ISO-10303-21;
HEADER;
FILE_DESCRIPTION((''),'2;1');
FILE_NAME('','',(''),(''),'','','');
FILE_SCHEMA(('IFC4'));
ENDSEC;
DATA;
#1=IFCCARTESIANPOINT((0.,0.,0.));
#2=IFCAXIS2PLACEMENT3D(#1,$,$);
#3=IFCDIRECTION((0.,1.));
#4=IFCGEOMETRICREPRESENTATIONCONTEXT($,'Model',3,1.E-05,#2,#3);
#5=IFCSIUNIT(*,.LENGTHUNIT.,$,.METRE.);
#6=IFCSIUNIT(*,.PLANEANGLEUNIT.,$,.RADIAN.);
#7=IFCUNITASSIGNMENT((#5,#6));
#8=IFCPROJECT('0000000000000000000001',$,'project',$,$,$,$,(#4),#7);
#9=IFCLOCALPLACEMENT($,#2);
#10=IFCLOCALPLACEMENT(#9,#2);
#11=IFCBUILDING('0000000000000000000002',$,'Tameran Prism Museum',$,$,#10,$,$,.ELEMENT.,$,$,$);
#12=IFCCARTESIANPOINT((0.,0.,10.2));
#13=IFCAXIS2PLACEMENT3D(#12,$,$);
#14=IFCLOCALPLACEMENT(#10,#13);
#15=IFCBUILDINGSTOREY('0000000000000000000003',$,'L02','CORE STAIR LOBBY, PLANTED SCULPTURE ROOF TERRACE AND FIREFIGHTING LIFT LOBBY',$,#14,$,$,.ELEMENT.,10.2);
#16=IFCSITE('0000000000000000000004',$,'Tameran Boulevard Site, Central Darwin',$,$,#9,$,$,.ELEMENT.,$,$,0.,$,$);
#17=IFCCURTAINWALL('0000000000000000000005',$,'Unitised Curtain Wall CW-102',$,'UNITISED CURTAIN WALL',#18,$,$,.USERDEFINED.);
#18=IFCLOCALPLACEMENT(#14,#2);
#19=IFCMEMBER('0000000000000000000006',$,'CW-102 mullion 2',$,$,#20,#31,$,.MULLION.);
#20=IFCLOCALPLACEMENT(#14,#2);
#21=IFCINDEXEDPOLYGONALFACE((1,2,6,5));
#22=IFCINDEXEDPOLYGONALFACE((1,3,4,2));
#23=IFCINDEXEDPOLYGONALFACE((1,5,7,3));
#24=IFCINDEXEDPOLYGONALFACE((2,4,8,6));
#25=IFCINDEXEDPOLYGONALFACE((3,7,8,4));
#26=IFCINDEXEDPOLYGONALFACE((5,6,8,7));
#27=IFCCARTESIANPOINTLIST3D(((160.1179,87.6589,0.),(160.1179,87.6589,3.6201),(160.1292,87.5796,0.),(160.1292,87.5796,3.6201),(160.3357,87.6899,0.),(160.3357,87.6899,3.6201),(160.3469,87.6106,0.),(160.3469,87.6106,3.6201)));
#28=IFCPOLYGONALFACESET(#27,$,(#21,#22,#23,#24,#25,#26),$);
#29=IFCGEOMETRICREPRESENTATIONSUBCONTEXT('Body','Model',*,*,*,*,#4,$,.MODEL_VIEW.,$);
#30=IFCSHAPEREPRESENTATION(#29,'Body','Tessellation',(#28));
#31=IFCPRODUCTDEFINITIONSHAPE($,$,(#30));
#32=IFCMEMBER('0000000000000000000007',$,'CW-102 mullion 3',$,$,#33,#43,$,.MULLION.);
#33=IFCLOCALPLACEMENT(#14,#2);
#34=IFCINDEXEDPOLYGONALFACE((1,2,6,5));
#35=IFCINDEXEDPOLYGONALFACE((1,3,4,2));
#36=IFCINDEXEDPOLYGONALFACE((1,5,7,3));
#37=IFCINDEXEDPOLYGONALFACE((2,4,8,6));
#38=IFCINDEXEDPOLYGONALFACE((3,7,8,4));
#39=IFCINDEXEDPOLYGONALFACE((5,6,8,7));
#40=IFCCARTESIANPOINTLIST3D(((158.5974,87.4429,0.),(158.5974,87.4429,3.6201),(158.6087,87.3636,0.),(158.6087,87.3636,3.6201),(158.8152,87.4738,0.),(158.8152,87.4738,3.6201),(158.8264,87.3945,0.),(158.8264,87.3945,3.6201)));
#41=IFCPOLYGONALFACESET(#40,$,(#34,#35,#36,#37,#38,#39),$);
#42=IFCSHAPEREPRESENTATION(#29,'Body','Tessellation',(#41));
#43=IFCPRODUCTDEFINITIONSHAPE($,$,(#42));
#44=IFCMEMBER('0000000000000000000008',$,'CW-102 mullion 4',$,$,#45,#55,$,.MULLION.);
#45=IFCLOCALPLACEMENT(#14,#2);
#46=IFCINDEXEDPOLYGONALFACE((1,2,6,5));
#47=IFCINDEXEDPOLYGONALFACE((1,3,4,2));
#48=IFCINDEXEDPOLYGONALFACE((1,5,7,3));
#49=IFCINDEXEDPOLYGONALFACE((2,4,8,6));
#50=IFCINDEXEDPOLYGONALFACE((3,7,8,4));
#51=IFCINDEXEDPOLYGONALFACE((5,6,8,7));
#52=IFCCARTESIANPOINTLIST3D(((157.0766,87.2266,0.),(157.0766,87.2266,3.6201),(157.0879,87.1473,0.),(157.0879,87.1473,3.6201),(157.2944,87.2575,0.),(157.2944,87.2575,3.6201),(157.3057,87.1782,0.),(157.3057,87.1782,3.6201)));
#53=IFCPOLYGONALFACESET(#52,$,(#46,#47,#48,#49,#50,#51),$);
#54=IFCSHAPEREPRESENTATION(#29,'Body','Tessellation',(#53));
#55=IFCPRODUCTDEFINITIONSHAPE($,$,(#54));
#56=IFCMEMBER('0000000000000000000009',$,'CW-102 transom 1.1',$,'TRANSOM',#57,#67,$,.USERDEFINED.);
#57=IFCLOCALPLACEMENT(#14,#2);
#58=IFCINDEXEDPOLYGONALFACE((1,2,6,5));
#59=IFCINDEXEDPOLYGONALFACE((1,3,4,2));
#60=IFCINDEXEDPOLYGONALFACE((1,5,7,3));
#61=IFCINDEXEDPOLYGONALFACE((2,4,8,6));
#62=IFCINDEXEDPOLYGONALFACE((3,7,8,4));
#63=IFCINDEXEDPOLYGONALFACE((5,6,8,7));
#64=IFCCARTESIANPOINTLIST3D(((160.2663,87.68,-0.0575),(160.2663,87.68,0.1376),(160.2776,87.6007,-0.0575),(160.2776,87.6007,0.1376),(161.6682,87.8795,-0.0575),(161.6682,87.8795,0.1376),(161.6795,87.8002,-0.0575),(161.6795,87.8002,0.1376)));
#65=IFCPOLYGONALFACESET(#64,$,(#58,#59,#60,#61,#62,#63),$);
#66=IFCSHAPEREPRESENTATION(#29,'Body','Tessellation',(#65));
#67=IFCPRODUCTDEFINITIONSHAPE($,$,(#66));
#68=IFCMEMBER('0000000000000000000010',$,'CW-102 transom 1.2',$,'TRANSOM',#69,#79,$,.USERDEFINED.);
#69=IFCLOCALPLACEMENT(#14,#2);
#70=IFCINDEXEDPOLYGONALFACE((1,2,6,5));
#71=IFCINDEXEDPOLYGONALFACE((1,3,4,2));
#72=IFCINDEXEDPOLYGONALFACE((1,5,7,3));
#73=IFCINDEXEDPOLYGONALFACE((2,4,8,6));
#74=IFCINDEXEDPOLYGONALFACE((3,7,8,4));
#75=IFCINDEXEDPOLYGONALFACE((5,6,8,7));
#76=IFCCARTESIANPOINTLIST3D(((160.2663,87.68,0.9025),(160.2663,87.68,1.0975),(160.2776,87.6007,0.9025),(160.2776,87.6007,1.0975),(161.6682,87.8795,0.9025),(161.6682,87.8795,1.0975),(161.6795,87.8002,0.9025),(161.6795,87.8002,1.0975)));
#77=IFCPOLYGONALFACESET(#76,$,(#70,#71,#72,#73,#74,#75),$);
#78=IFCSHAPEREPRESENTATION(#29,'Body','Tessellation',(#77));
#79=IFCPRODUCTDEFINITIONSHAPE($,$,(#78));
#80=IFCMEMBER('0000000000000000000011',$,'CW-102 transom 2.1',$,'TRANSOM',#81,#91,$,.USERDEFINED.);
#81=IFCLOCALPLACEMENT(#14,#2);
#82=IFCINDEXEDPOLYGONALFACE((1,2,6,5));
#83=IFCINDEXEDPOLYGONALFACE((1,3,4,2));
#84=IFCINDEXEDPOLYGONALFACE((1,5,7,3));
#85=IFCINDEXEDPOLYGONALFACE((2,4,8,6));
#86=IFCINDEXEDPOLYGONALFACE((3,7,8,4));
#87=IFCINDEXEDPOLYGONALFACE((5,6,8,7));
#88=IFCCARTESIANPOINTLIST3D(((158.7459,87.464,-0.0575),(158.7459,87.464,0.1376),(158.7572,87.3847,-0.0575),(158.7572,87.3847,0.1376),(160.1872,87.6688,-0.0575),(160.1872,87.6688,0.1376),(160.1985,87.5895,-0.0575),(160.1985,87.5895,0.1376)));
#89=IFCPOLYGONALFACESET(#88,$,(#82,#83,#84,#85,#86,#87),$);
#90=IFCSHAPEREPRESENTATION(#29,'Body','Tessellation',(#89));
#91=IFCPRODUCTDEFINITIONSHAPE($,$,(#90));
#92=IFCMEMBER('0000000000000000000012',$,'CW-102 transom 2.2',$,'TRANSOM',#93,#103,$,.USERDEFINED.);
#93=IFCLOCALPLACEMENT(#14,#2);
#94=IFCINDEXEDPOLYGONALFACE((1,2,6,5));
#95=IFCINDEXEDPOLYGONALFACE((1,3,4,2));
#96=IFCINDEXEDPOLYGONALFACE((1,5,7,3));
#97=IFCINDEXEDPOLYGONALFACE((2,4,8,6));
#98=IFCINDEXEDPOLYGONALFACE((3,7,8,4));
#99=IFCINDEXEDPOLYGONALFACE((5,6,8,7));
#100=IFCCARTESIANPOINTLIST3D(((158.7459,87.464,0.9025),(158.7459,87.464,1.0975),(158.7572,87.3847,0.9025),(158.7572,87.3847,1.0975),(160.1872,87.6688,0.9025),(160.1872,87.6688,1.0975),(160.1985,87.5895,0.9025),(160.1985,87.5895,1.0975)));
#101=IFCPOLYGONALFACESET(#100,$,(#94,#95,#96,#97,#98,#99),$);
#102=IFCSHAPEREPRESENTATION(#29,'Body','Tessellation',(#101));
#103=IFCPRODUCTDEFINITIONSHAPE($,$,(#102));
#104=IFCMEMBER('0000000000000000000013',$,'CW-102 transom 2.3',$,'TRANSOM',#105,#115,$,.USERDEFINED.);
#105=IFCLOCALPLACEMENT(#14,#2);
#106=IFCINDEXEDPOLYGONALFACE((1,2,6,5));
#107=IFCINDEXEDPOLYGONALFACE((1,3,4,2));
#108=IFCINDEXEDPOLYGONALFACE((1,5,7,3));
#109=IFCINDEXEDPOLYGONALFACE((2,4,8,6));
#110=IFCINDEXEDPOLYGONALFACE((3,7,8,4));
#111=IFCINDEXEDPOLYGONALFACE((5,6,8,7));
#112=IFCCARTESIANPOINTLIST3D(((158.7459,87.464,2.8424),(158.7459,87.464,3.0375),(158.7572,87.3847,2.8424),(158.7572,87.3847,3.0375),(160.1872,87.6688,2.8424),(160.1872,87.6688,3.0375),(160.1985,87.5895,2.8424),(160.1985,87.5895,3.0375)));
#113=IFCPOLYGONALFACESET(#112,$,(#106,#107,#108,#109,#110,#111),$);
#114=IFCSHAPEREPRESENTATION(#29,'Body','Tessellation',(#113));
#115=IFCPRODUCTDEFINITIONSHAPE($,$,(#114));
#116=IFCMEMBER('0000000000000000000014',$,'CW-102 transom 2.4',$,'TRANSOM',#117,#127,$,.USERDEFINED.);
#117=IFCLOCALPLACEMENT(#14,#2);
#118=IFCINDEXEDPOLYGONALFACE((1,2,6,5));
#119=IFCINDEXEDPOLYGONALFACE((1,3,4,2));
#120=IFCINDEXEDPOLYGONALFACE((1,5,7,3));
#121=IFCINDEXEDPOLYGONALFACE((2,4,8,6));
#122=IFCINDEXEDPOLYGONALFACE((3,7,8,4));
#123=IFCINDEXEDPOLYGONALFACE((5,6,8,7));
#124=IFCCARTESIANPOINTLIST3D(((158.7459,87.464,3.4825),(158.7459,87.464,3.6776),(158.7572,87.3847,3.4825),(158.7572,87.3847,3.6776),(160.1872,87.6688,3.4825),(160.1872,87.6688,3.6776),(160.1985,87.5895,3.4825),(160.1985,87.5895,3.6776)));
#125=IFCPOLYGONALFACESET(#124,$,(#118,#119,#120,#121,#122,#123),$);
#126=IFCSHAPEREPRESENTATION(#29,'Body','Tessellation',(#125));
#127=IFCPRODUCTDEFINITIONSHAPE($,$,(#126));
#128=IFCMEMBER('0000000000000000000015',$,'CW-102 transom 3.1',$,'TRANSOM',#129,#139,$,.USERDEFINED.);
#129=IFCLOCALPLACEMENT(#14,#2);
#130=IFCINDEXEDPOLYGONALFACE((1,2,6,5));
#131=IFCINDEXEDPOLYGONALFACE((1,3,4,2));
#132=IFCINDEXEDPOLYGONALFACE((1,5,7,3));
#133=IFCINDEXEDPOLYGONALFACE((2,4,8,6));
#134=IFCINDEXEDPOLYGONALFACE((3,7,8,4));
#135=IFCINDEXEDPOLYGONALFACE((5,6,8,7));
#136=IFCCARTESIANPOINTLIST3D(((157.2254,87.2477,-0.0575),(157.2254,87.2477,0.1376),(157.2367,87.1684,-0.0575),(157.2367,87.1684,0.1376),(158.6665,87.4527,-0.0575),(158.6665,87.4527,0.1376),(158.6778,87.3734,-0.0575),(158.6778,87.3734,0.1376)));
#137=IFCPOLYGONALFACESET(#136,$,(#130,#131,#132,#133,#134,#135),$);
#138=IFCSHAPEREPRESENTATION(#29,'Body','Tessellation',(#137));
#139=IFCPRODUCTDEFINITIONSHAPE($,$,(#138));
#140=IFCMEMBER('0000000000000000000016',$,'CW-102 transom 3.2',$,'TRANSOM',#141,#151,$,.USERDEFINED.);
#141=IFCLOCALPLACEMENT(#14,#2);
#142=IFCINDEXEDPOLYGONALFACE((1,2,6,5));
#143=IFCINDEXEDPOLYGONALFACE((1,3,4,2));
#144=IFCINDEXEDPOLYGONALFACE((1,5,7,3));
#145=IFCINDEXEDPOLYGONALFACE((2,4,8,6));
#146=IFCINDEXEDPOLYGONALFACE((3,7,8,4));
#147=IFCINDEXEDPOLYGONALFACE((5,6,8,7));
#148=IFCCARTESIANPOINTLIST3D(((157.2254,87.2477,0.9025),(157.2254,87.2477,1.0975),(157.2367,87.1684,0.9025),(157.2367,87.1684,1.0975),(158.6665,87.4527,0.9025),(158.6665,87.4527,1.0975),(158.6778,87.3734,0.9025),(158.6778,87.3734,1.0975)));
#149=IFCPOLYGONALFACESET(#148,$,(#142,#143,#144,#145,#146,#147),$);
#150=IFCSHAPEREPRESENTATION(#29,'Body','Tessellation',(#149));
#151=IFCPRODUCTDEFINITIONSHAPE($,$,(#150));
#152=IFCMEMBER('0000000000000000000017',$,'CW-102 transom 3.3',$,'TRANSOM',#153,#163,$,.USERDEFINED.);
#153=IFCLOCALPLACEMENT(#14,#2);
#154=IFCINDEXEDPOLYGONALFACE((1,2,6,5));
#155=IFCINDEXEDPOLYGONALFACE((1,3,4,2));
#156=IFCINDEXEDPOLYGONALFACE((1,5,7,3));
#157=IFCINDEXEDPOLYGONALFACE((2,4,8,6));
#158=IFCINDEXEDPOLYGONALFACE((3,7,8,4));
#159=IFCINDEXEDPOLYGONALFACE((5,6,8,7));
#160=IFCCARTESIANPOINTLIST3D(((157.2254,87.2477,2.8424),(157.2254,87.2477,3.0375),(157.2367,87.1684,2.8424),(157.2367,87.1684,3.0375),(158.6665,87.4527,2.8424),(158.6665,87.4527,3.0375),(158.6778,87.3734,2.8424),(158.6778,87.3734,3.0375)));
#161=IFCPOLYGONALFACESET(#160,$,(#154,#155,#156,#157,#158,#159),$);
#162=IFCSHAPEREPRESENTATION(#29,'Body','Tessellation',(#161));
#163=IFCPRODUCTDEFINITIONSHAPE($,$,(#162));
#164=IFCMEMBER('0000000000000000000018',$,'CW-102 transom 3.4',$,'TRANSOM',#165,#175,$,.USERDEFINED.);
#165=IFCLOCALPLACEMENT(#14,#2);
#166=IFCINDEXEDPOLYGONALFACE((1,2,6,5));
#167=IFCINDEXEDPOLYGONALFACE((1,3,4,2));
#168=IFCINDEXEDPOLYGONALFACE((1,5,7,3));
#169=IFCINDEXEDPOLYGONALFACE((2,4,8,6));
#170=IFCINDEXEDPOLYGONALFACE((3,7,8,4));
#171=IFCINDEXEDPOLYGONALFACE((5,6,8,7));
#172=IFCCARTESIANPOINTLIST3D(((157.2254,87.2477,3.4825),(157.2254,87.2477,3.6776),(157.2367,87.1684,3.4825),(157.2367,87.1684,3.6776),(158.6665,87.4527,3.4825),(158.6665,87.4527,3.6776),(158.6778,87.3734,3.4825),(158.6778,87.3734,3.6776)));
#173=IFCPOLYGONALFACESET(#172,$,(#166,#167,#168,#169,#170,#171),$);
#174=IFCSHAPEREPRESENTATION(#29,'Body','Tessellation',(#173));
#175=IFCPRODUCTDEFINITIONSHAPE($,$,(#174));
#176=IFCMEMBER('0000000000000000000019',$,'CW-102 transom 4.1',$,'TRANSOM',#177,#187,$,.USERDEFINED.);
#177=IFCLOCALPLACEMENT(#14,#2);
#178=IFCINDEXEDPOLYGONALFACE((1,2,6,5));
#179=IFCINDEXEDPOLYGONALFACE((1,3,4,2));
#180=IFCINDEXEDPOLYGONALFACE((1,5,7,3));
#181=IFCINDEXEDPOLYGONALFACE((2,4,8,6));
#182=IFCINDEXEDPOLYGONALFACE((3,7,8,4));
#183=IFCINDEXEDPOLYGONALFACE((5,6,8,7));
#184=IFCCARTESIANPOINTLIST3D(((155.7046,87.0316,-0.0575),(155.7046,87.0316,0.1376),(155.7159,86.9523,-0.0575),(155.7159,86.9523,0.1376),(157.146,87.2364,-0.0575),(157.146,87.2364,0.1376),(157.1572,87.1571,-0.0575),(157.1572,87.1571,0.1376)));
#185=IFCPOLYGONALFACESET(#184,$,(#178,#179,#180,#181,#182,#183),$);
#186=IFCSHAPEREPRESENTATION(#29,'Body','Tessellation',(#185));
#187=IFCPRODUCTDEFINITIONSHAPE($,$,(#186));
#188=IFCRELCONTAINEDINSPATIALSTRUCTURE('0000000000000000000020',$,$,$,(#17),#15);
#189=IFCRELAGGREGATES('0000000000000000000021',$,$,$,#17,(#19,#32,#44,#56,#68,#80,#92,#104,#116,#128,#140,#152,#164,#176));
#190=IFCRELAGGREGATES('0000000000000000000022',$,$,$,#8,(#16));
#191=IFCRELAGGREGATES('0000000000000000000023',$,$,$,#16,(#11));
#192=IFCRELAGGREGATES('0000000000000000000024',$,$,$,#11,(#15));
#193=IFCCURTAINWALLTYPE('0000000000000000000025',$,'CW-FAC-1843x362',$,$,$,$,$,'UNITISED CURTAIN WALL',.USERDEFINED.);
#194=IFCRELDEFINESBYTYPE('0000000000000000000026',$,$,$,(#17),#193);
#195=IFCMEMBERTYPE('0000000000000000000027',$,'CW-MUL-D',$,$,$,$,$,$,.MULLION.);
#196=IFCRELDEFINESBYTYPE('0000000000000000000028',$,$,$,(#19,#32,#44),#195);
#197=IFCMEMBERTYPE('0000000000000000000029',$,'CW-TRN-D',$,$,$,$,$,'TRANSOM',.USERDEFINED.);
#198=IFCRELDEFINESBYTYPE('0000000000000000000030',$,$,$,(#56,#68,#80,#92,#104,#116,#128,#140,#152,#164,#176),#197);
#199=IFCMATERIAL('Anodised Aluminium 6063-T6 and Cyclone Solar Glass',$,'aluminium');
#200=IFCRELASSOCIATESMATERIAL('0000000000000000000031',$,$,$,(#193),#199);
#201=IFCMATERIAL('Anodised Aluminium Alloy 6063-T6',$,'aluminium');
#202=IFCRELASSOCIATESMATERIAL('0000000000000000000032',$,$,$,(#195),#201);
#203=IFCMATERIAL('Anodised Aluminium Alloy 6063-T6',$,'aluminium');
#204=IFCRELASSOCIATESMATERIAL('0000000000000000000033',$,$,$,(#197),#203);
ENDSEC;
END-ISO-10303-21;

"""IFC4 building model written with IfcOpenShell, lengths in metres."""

from ifc_helpers import new_model, si_unit, direction, frame, origin, origin_2d, place, context, subcontext, project, spatial, rectangle, extrude, material, material_profile, profile_set, type_object, element, aggregate, save


model = new_model("IFC4")

# Units and contexts
model_context = context("Model", 3, precision=1e-05, world=origin(), true_north=direction((0.0, 1.0)))
body_context = subcontext(model_context, "Body", "Model", "MODEL_VIEW")
ifc_project = project(units=[si_unit("LENGTHUNIT", "METRE"), si_unit("PLANEANGLEUNIT", "RADIAN")], contexts=[model_context])

# Site, building, storey
site_placement = place(None, origin())
site = spatial("IfcSite", under=ifc_project, at=site_placement, Name="Tameran Boulevard Site, Central Darwin", CompositionType="ELEMENT", RefElevation=0.0)
building_placement = place(site_placement, origin())
building = spatial("IfcBuilding", under=site, at=building_placement, Name="Tameran Prism Museum", CompositionType="ELEMENT")
storey_placement = place(building_placement, frame((0.0, 0.0, 10.2)))
storey = spatial("IfcBuildingStorey", under=building, at=storey_placement, Name="L02", Description="CORE STAIR LOBBY, PLANTED SCULPTURE ROOF TERRACE AND FIREFIGHTING LIFT LOBBY", CompositionType="ELEMENT", Elevation=10.2)

# Curtain wall, members
ifc_material_1 = material(Name="Anodised Aluminium 6063-T6 and Cyclone Solar Glass", Category="aluminium")
curtain_wall_type = type_object("IfcCurtainWallType", Name="CW-FAC-1843x362", ElementType="UNITISED CURTAIN WALL", PredefinedType="USERDEFINED", material=ifc_material_1)
curtain_wall_placement = place(storey_placement, origin())
curtain_wall = element("IfcCurtainWall", 1, at=curtain_wall_placement, inside=storey, type_object=curtain_wall_type, Name="Unitised Curtain Wall CW-102", ObjectType="UNITISED CURTAIN WALL", PredefinedType="USERDEFINED")
ifc_material_2 = material(Name="Anodised Aluminium Alloy 6063-T6", Category="aluminium")
ifc_material_profile_1 = material_profile(ifc_material_2, rectangle(XDim=0.0801, YDim=0.22, at=origin_2d()))
ifc_profile_set_1 = profile_set([ifc_material_profile_1])
member_type_1 = type_object("IfcMemberType", Name="CW-MUL-D", PredefinedType="MULLION", material=ifc_profile_set_1)
member_1_placement = place(storey_placement, frame((160.2324, 87.6348, 0.0), z_axis=(0.0, 0.0, 1.0), x_axis=(0.140745, -0.990046, 0.0)))
member_1 = element("IfcMember", 2, at=member_1_placement, type_object=member_type_1, Name="CW-102 mullion 2", PredefinedType="MULLION", context=body_context, shape_type="SweptSolid", body=[
    extrude(rectangle(XDim=0.0801, YDim=0.22, at=origin_2d()), origin(), (0.0, 0.0, 1.0), 3.6201),
])
member_2_placement = place(storey_placement, frame((158.7119, 87.4187, 0.0), z_axis=(0.0, 0.0, 1.0), x_axis=(0.140745, -0.990046, 0.0)))
member_2 = element("IfcMember", 3, at=member_2_placement, type_object=member_type_1, Name="CW-102 mullion 3", PredefinedType="MULLION", context=body_context, shape_type="SweptSolid", body=[
    extrude(rectangle(XDim=0.0801, YDim=0.22, at=origin_2d()), origin(), (0.0, 0.0, 1.0), 3.6201),
])
member_3_placement = place(storey_placement, frame((157.1912, 87.2024, 0.0), z_axis=(0.0, 0.0, 1.0), x_axis=(0.140745, -0.990046, 0.0)))
member_3 = element("IfcMember", 4, at=member_3_placement, type_object=member_type_1, Name="CW-102 mullion 4", PredefinedType="MULLION", context=body_context, shape_type="SweptSolid", body=[
    extrude(rectangle(XDim=0.0801, YDim=0.22, at=origin_2d()), origin(), (0.0, 0.0, 1.0), 3.6201),
])
ifc_material_3 = material(Name="Anodised Aluminium Alloy 6063-T6", Category="aluminium")
ifc_material_profile_2 = material_profile(ifc_material_3, rectangle(XDim=0.0801, YDim=0.1951, at=origin_2d()))
ifc_profile_set_2 = profile_set([ifc_material_profile_2])
member_type_2 = type_object("IfcMemberType", Name="CW-TRN-D", ElementType="TRANSOM", PredefinedType="USERDEFINED", material=ifc_profile_set_2)
member_4_placement = place(storey_placement, frame((161.6738, 87.8398, 0.04), z_axis=(-0.990029, -0.140866, 0.0), x_axis=(0.140866, -0.990029, 0.0)))
member_4 = element("IfcMember", 5, at=member_4_placement, type_object=member_type_2, Name="CW-102 transom 1.1", ObjectType="TRANSOM", PredefinedType="USERDEFINED", context=body_context, shape_type="SweptSolid", body=[
    extrude(rectangle(XDim=0.0801, YDim=0.1951, at=origin_2d()), origin(), (0.0, 0.0, 1.0), 1.416),
])
member_5_placement = place(storey_placement, frame((161.6738, 87.8398, 1.0), z_axis=(-0.990029, -0.140866, 0.0), x_axis=(0.140866, -0.990029, 0.0)))
member_5 = element("IfcMember", 6, at=member_5_placement, type_object=member_type_2, Name="CW-102 transom 1.2", ObjectType="TRANSOM", PredefinedType="USERDEFINED", context=body_context, shape_type="SweptSolid", body=[
    extrude(rectangle(XDim=0.0801, YDim=0.1951, at=origin_2d()), origin(), (0.0, 0.0, 1.0), 1.416),
])
member_6_placement = place(storey_placement, frame((160.1929, 87.6292, 0.04), z_axis=(-0.990053, -0.140694, 0.0), x_axis=(0.140694, -0.990053, 0.0)))
member_6 = element("IfcMember", 7, at=member_6_placement, type_object=member_type_2, Name="CW-102 transom 2.1", ObjectType="TRANSOM", PredefinedType="USERDEFINED", context=body_context, shape_type="SweptSolid", body=[
    extrude(rectangle(XDim=0.0801, YDim=0.1951, at=origin_2d()), origin(), (0.0, 0.0, 1.0), 1.4558),
])
member_7_placement = place(storey_placement, frame((160.1929, 87.6292, 1.0), z_axis=(-0.990053, -0.140694, 0.0), x_axis=(0.140694, -0.990053, 0.0)))
member_7 = element("IfcMember", 8, at=member_7_placement, type_object=member_type_2, Name="CW-102 transom 2.2", ObjectType="TRANSOM", PredefinedType="USERDEFINED", context=body_context, shape_type="SweptSolid", body=[
    extrude(rectangle(XDim=0.0801, YDim=0.1951, at=origin_2d()), origin(), (0.0, 0.0, 1.0), 1.4558),
])
member_8_placement = place(storey_placement, frame((160.1929, 87.6292, 2.9399), z_axis=(-0.990053, -0.140694, 0.0), x_axis=(0.140694, -0.990053, 0.0)))
member_8 = element("IfcMember", 9, at=member_8_placement, type_object=member_type_2, Name="CW-102 transom 2.3", ObjectType="TRANSOM", PredefinedType="USERDEFINED", context=body_context, shape_type="SweptSolid", body=[
    extrude(rectangle(XDim=0.0801, YDim=0.1951, at=origin_2d()), origin(), (0.0, 0.0, 1.0), 1.4558),
])
member_9_placement = place(storey_placement, frame((160.1929, 87.6292, 3.5801), z_axis=(-0.990053, -0.140694, 0.0), x_axis=(0.140694, -0.990053, 0.0)))
member_9 = element("IfcMember", 10, at=member_9_placement, type_object=member_type_2, Name="CW-102 transom 2.4", ObjectType="TRANSOM", PredefinedType="USERDEFINED", context=body_context, shape_type="SweptSolid", body=[
    extrude(rectangle(XDim=0.0801, YDim=0.1951, at=origin_2d()), origin(), (0.0, 0.0, 1.0), 1.4558),
])
member_10_placement = place(storey_placement, frame((158.6721, 87.4131, 0.04), z_axis=(-0.990026, -0.140881, 0.0), x_axis=(0.140881, -0.990026, 0.0)))
member_10 = element("IfcMember", 11, at=member_10_placement, type_object=member_type_2, Name="CW-102 transom 3.1", ObjectType="TRANSOM", PredefinedType="USERDEFINED", context=body_context, shape_type="SweptSolid", body=[
    extrude(rectangle(XDim=0.0801, YDim=0.1951, at=origin_2d()), origin(), (0.0, 0.0, 1.0), 1.4556),
])
member_11_placement = place(storey_placement, frame((158.6721, 87.4131, 1.0), z_axis=(-0.990026, -0.140881, 0.0), x_axis=(0.140881, -0.990026, 0.0)))
member_11 = element("IfcMember", 12, at=member_11_placement, type_object=member_type_2, Name="CW-102 transom 3.2", ObjectType="TRANSOM", PredefinedType="USERDEFINED", context=body_context, shape_type="SweptSolid", body=[
    extrude(rectangle(XDim=0.0801, YDim=0.1951, at=origin_2d()), origin(), (0.0, 0.0, 1.0), 1.4556),
])
member_12_placement = place(storey_placement, frame((158.6721, 87.4131, 2.9399), z_axis=(-0.990026, -0.140881, 0.0), x_axis=(0.140881, -0.990026, 0.0)))
member_12 = element("IfcMember", 13, at=member_12_placement, type_object=member_type_2, Name="CW-102 transom 3.3", ObjectType="TRANSOM", PredefinedType="USERDEFINED", context=body_context, shape_type="SweptSolid", body=[
    extrude(rectangle(XDim=0.0801, YDim=0.1951, at=origin_2d()), origin(), (0.0, 0.0, 1.0), 1.4556),
])
member_13_placement = place(storey_placement, frame((158.6721, 87.4131, 3.5801), z_axis=(-0.990026, -0.140881, 0.0), x_axis=(0.140881, -0.990026, 0.0)))
member_13 = element("IfcMember", 14, at=member_13_placement, type_object=member_type_2, Name="CW-102 transom 3.4", ObjectType="TRANSOM", PredefinedType="USERDEFINED", context=body_context, shape_type="SweptSolid", body=[
    extrude(rectangle(XDim=0.0801, YDim=0.1951, at=origin_2d()), origin(), (0.0, 0.0, 1.0), 1.4556),
])
member_14_placement = place(storey_placement, frame((157.1516, 87.1968, 0.04), z_axis=(-0.990053, -0.140694, 0.0), x_axis=(0.140694, -0.990053, 0.0)))
member_14 = element("IfcMember", 15, at=member_14_placement, type_object=member_type_2, Name="CW-102 transom 4.1", ObjectType="TRANSOM", PredefinedType="USERDEFINED", context=body_context, shape_type="SweptSolid", body=[
    extrude(rectangle(XDim=0.0801, YDim=0.1951, at=origin_2d()), origin(), (0.0, 0.0, 1.0), 1.4558),
])
aggregate(curtain_wall, [member_1, member_2, member_3, member_4, member_5, member_6, member_7, member_8, member_9, member_10, member_11, member_12, member_13, member_14])

save(model, "model.ifc")
